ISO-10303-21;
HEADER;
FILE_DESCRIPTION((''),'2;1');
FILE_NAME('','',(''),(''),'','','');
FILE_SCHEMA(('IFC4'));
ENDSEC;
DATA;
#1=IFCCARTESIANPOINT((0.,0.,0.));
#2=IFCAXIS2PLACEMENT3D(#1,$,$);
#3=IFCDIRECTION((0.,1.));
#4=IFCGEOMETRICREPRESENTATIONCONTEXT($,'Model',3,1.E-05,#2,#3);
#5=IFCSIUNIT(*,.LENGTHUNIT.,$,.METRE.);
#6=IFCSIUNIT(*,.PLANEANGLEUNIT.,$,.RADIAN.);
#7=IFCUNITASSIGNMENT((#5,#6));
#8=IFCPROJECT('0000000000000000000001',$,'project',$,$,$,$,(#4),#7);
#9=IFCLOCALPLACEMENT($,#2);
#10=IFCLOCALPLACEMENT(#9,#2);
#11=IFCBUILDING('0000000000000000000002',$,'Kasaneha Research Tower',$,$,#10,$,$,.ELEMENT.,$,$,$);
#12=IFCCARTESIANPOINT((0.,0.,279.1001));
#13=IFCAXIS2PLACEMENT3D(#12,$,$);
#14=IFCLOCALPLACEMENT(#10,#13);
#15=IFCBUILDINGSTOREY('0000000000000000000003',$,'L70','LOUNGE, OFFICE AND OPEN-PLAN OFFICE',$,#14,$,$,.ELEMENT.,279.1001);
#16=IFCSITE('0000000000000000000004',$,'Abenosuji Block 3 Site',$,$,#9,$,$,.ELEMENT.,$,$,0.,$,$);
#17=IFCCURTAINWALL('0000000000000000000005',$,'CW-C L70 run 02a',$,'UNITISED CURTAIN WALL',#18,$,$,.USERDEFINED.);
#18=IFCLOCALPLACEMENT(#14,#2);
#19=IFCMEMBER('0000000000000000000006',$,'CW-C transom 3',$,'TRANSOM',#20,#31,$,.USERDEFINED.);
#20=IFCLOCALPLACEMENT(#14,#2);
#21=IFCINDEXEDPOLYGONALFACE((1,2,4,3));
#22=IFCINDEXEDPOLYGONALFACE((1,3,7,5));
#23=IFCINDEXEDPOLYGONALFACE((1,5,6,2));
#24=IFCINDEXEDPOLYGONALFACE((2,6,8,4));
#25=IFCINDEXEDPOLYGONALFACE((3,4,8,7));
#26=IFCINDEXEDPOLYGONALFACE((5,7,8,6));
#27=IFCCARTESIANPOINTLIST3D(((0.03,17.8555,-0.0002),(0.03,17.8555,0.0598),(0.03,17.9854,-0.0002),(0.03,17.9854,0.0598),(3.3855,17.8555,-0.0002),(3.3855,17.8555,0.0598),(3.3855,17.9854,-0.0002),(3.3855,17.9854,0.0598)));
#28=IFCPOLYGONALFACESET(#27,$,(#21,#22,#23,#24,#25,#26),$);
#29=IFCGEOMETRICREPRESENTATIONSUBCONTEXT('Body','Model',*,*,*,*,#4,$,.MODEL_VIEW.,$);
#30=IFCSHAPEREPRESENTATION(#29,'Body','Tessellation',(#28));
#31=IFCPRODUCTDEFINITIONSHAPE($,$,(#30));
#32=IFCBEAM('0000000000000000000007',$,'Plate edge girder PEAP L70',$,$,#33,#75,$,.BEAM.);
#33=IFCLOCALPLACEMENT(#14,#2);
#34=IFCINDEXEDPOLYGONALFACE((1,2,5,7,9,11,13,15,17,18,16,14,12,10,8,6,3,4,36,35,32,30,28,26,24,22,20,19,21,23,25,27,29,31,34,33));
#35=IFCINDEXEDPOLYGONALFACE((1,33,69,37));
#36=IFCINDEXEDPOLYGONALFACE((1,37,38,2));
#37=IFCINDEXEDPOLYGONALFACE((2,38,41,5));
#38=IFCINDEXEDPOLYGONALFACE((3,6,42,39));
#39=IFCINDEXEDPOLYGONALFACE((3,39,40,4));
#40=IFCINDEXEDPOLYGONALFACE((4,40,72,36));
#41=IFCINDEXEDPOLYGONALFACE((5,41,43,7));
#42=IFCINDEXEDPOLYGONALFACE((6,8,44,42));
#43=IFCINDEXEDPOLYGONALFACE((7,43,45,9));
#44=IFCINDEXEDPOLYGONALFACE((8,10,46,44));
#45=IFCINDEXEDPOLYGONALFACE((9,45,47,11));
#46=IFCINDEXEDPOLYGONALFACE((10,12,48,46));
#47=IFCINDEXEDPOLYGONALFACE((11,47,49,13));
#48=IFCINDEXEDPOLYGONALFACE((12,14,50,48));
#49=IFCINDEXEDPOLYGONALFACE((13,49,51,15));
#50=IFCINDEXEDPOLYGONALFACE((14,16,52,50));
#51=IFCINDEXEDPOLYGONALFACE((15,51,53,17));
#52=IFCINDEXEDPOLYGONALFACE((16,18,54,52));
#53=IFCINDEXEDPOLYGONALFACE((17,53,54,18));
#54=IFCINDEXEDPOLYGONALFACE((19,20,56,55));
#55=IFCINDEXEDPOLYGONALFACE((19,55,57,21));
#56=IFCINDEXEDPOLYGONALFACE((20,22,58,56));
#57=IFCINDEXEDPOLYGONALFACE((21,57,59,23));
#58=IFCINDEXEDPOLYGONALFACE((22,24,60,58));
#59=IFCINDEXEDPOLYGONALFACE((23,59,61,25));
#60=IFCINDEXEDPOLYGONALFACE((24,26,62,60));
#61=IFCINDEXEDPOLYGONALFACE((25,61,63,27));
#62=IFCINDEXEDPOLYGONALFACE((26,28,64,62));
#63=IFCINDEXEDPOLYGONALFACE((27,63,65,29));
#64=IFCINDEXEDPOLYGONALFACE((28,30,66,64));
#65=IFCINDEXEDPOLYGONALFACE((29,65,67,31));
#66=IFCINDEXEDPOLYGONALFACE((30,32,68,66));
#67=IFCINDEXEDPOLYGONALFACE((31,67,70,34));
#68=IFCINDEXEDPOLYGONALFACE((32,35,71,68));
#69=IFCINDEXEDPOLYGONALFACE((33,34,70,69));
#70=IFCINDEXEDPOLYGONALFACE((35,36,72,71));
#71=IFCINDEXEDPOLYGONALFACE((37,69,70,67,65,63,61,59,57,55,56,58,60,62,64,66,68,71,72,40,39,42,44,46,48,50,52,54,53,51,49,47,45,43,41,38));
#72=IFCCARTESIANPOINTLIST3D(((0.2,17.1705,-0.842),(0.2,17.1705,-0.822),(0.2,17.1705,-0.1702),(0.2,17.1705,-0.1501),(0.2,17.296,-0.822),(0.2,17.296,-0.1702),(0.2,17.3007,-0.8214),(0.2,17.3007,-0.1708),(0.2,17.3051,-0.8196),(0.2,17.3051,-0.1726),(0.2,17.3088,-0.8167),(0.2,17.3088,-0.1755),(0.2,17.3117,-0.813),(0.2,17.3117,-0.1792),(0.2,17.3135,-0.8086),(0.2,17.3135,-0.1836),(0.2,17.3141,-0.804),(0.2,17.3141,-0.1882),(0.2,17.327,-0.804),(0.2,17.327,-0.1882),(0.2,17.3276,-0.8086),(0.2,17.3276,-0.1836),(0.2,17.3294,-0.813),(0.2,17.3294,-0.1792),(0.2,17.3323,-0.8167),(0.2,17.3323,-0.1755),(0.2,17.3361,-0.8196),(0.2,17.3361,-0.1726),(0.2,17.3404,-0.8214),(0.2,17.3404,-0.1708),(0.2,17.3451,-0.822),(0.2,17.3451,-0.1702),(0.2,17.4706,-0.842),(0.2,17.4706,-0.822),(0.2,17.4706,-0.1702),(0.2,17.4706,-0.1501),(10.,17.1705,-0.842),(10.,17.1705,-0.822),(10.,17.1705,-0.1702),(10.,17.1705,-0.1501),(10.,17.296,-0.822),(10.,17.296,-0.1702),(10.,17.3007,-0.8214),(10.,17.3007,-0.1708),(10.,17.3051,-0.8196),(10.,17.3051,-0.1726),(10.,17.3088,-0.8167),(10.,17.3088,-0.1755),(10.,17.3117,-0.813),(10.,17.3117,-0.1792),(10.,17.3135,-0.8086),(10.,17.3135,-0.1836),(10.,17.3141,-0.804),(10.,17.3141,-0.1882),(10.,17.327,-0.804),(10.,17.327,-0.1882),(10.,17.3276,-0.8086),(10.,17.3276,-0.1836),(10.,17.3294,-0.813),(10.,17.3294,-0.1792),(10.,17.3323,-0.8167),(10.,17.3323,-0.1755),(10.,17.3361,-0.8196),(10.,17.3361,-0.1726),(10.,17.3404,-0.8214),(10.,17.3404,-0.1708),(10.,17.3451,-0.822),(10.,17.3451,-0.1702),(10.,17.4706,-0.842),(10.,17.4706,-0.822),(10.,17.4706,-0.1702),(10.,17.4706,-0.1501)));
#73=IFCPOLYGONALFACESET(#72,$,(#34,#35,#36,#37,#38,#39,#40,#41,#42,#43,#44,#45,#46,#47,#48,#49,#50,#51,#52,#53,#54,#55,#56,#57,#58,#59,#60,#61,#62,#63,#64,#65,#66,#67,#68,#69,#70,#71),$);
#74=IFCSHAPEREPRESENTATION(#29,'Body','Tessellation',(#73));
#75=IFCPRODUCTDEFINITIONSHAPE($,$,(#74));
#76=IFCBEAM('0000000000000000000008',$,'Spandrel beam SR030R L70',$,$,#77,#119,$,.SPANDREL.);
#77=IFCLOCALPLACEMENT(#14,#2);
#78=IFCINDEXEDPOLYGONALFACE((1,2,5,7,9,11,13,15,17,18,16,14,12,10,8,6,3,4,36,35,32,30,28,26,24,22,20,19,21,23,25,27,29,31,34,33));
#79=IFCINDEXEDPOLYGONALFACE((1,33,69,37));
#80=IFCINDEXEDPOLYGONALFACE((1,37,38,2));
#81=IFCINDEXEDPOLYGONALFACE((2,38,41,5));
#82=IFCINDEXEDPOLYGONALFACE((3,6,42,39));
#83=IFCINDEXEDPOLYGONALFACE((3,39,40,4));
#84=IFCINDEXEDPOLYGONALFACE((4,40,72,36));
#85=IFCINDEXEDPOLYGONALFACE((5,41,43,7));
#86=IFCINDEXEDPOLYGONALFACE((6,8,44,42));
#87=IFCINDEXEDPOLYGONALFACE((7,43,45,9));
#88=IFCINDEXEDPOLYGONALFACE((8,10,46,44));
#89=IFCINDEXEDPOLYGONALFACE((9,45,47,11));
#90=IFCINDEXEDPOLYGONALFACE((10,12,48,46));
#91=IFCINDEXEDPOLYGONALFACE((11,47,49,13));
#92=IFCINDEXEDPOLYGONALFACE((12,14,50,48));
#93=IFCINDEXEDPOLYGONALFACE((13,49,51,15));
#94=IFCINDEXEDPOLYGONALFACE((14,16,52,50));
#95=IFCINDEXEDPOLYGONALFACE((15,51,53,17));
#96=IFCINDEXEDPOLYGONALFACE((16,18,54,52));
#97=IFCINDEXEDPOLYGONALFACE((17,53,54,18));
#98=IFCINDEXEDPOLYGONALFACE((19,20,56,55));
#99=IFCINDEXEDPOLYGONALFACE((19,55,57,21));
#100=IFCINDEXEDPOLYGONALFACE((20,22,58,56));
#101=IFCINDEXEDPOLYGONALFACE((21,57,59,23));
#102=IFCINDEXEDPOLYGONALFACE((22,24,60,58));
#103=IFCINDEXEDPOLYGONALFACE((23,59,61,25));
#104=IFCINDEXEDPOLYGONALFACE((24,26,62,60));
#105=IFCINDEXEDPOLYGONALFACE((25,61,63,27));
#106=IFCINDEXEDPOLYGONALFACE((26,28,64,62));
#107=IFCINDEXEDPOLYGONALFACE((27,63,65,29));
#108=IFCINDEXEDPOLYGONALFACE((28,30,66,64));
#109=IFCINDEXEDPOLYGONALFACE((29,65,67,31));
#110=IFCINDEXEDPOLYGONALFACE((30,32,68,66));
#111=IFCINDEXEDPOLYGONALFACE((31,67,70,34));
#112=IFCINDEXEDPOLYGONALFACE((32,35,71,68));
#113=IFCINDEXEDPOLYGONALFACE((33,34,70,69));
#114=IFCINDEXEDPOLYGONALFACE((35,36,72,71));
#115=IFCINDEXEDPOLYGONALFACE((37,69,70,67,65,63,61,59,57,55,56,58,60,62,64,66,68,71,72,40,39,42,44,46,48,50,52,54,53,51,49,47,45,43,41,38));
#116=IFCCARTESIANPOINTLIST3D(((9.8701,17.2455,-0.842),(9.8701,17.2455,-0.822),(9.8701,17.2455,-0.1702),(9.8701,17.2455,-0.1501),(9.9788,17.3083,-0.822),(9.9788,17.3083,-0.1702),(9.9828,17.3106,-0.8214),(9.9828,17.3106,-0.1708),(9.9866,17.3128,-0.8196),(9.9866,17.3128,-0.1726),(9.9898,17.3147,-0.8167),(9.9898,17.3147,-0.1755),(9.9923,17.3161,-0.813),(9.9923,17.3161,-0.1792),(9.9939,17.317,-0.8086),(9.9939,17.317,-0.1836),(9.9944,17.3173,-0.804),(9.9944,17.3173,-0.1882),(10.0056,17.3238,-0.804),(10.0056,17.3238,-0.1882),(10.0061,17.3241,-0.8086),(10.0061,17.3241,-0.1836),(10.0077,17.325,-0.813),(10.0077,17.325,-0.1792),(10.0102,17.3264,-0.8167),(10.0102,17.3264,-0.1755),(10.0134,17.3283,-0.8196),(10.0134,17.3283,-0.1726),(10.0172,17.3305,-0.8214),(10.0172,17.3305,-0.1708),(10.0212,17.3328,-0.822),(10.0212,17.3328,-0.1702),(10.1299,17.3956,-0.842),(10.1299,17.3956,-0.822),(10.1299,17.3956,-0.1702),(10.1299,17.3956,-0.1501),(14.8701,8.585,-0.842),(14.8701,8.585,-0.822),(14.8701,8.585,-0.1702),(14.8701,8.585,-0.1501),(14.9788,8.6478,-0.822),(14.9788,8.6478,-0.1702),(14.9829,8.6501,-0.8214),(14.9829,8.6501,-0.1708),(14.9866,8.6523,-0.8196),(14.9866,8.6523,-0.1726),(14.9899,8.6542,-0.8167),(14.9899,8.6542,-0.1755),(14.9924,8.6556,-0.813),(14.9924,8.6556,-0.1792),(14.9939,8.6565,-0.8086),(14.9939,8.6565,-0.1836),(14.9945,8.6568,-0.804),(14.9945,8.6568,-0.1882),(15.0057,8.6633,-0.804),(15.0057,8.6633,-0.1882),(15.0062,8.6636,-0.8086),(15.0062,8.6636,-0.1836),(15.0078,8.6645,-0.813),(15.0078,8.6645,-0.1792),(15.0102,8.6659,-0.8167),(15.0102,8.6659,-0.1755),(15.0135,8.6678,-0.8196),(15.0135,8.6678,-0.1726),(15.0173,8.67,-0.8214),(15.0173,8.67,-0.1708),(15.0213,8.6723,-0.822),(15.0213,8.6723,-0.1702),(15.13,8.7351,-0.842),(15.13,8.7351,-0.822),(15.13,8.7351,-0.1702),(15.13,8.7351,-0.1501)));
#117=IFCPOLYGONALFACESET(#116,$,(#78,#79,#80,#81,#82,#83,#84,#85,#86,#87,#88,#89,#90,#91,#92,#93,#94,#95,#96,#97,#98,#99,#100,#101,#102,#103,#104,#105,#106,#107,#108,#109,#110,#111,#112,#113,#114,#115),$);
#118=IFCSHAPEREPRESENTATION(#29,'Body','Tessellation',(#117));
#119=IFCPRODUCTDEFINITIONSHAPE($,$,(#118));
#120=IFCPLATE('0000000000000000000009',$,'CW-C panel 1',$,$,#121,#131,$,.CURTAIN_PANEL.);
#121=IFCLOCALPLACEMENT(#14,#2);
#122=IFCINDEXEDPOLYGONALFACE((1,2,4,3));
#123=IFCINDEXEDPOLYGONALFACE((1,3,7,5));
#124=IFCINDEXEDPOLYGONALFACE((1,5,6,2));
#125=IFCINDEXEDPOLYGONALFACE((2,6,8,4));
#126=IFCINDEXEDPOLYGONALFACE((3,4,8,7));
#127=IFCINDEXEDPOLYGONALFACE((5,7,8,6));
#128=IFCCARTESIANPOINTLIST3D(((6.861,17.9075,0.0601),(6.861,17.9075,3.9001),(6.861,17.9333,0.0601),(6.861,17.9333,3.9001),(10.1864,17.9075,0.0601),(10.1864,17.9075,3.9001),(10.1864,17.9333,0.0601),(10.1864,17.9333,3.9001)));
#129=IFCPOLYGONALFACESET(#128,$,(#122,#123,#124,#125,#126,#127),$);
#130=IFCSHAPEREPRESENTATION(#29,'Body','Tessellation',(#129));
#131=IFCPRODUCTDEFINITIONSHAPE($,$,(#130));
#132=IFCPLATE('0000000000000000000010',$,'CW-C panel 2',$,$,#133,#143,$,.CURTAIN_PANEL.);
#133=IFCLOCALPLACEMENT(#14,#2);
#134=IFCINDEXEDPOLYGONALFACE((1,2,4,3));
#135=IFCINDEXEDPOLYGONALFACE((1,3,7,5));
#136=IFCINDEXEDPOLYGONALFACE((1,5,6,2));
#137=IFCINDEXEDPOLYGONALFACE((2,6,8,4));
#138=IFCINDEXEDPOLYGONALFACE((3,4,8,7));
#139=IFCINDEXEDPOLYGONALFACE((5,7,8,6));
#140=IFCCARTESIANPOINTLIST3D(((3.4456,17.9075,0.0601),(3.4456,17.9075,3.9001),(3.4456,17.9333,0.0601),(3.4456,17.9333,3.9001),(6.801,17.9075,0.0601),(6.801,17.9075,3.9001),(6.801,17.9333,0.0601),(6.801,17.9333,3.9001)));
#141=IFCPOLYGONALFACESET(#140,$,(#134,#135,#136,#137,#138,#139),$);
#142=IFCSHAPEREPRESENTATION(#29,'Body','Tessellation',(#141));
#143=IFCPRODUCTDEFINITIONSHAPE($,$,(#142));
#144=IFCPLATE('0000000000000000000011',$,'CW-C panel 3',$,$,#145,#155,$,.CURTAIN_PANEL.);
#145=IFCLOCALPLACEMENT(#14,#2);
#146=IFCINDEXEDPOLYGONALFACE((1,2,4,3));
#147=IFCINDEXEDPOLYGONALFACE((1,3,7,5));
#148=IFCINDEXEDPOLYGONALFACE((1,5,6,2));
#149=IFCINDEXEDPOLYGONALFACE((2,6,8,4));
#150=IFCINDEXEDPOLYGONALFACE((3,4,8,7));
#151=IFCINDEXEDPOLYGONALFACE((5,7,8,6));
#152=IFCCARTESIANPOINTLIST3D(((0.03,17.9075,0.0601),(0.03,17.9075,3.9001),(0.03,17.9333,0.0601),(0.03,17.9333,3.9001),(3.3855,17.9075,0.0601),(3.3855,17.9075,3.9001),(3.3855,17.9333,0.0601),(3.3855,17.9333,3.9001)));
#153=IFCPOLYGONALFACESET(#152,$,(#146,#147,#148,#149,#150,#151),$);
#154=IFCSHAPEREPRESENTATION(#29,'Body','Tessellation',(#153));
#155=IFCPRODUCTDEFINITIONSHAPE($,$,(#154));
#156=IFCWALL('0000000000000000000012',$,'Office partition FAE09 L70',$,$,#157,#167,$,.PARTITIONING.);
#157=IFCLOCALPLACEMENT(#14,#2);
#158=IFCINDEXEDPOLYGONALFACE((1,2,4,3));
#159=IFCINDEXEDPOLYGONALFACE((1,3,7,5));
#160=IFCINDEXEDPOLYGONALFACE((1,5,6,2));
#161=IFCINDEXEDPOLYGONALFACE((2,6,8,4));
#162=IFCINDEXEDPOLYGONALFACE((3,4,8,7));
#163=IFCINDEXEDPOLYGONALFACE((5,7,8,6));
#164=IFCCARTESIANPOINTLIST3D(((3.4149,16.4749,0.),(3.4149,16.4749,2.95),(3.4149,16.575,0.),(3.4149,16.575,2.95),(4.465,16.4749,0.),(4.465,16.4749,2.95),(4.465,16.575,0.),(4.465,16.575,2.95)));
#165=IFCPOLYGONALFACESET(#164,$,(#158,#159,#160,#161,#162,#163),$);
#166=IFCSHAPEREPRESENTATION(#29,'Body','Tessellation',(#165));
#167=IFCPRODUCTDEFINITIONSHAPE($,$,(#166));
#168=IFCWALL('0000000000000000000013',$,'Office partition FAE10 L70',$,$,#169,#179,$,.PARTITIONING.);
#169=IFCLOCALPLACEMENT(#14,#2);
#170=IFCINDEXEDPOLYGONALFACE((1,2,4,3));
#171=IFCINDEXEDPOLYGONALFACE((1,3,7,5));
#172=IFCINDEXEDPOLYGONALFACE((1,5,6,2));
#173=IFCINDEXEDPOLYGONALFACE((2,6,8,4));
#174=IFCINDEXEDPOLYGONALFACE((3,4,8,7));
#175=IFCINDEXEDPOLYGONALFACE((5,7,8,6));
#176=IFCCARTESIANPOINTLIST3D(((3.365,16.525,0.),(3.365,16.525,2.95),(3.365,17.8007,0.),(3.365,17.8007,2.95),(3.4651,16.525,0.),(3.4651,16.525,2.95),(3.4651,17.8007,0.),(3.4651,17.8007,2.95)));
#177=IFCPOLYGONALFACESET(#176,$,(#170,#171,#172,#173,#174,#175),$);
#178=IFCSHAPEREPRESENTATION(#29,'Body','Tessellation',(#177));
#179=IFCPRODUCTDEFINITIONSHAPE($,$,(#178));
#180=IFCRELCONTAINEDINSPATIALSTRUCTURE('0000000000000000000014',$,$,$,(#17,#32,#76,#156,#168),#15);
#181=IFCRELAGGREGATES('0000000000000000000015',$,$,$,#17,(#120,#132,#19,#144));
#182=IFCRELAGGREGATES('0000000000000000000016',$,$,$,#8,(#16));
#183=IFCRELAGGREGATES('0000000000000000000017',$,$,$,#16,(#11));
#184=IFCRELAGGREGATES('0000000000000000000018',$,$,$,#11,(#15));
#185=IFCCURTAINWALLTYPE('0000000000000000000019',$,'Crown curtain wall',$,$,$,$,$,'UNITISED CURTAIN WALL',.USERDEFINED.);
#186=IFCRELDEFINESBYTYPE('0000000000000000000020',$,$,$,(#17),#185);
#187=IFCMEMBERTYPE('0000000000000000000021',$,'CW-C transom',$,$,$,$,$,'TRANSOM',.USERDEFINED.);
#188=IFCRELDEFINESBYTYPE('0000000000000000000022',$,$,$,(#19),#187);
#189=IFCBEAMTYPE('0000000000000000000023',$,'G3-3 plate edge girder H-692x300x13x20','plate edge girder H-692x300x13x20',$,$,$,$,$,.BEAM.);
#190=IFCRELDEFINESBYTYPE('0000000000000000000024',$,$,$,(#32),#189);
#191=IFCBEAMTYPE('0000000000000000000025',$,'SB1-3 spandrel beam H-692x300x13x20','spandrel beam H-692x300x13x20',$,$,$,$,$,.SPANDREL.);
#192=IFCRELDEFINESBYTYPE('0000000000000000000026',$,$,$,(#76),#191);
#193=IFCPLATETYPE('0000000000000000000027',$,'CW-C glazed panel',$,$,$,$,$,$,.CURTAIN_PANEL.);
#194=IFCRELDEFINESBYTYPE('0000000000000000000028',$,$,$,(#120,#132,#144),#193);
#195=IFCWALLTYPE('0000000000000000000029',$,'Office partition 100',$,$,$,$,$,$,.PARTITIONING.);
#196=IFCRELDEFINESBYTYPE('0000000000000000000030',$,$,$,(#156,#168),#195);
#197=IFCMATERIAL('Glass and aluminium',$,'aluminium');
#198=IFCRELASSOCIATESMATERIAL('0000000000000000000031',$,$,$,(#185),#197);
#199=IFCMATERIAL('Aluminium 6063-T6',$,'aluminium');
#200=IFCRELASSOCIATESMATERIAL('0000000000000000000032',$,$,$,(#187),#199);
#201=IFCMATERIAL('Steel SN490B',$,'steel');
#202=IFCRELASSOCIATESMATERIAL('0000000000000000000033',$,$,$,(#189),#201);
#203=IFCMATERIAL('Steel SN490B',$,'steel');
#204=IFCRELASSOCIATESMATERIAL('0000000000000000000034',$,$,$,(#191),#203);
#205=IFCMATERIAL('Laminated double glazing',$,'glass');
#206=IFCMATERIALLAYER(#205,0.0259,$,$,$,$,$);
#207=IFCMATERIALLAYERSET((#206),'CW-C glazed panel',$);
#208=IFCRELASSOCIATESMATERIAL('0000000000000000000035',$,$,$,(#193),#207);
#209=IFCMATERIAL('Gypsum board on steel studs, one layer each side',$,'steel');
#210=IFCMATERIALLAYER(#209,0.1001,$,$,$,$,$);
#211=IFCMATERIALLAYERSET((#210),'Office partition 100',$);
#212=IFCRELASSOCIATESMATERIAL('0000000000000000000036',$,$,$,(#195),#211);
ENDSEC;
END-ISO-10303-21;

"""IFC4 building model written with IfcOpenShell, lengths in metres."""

from ifc_helpers import new_model, si_unit, direction, frame, frame_2d, origin, origin_2d, place, context, subcontext, project, spatial, rectangle, i_section, extrude, material, layer, layer_set, material_profile, profile_set, type_object, element, aggregate, save


model = new_model("IFC4")

# Units and contexts
model_context = context("Model", 3, precision=1e-05, world=origin(), true_north=direction((0.0, 1.0)))
body_context = subcontext(model_context, "Body", "Model", "MODEL_VIEW")
ifc_project = project(units=[si_unit("LENGTHUNIT", "METRE"), si_unit("PLANEANGLEUNIT", "RADIAN")], contexts=[model_context])

# Site, building, storey
site_placement = place(None, origin())
site = spatial("IfcSite", under=ifc_project, at=site_placement, Name="Abenosuji Block 3 Site", CompositionType="ELEMENT", RefElevation=0.0)
building_placement = place(site_placement, origin())
building = spatial("IfcBuilding", under=site, at=building_placement, Name="Kasaneha Research Tower", CompositionType="ELEMENT")
storey_placement = place(building_placement, frame((0.0, 0.0, 279.1001)))
storey = spatial("IfcBuildingStorey", under=building, at=storey_placement, Name="L70", Description="LOUNGE, OFFICE AND OPEN-PLAN OFFICE", CompositionType="ELEMENT", Elevation=279.1001)

# Curtain wall, member
ifc_material_1 = material(Name="Glass and aluminium", Category="aluminium")
curtain_wall_type = type_object("IfcCurtainWallType", Name="Crown curtain wall", ElementType="UNITISED CURTAIN WALL", PredefinedType="USERDEFINED", material=ifc_material_1)
curtain_wall_placement = place(storey_placement, origin())
curtain_wall = element("IfcCurtainWall", 1, at=curtain_wall_placement, inside=storey, type_object=curtain_wall_type, Name="CW-C L70 run 02a", ObjectType="UNITISED CURTAIN WALL", PredefinedType="USERDEFINED")
ifc_material_2 = material(Name="Aluminium 6063-T6", Category="aluminium")
ifc_material_profile_1 = material_profile(ifc_material_2, rectangle(XDim=0.1299, YDim=0.0601, at=origin_2d()), Name="CW-C transom 130x60")
ifc_profile_set_1 = profile_set([ifc_material_profile_1], Name="Aluminium 6063-T6")
member_type_1 = type_object("IfcMemberType", Name="CW-C transom", ElementType="TRANSOM", PredefinedType="USERDEFINED", material=ifc_profile_set_1)
member_1_placement = place(storey_placement, frame((3.3855, 17.9204, 0.0298), z_axis=(-1.0, 0.0, 0.0), x_axis=(0.0, -1.0, 0.0)))
member_1 = element("IfcMember", 2, at=member_1_placement, type_object=member_type_1, Name="CW-C transom 3", ObjectType="TRANSOM", PredefinedType="USERDEFINED", context=body_context, shape_type="SweptSolid", body=[
    extrude(rectangle(XDim=0.1299, YDim=0.0601, at=origin_2d()), origin(), (0.0, 0.0, 1.0), 3.3555),
])

# Beams
ifc_material_3 = material(Name="Steel SN490B", Category="steel")
ifc_material_profile_2 = material_profile(ifc_material_3, i_section(OverallWidth=0.3, OverallDepth=0.6919, WebThickness=0.0129, FlangeThickness=0.02, FilletRadius=0.0181, at=origin_2d()), Name="H-692x300x13x20")
ifc_profile_set_2 = profile_set([ifc_material_profile_2], Name="Steel SN490B")
beam_type_1 = type_object("IfcBeamType", Name="G3-3 plate edge girder H-692x300x13x20", Description="plate edge girder H-692x300x13x20", PredefinedType="BEAM", material=ifc_profile_set_2)
beam_1_placement = place(storey_placement, frame((10.0, 17.3206, -0.4961), z_axis=(-1.0, 0.0, 0.0), x_axis=(0.0, -1.0, 0.0)))
element("IfcBeam", 3, at=beam_1_placement, inside=storey, type_object=beam_type_1, Name="Plate edge girder PEAP L70", PredefinedType="BEAM", context=body_context, shape_type="SweptSolid", body=[
    extrude(i_section(OverallWidth=0.3, OverallDepth=0.6919, WebThickness=0.0129, FlangeThickness=0.02, FilletRadius=0.0181, at=origin_2d()), origin(), (0.0, 0.0, 1.0), 9.8),
])
ifc_material_4 = material(Name="Steel SN490B", Category="steel")
ifc_material_profile_3 = material_profile(ifc_material_4, i_section(OverallWidth=0.3, OverallDepth=0.6919, WebThickness=0.0129, FlangeThickness=0.02, FilletRadius=0.0181, at=origin_2d()), Name="H-692x300x13x20")
ifc_profile_set_3 = profile_set([ifc_material_profile_3], Name="Steel SN490B")
beam_type_2 = type_object("IfcBeamType", Name="SB1-3 spandrel beam H-692x300x13x20", Description="spandrel beam H-692x300x13x20", PredefinedType="SPANDREL", material=ifc_profile_set_3)
beam_2_placement = place(storey_placement, frame((10.0, 17.3206, -0.4961), z_axis=(0.499994, -0.866029, 0.0), x_axis=(0.866029, 0.499994, 0.0)))
element("IfcBeam", 4, at=beam_2_placement, inside=storey, type_object=beam_type_2, Name="Spandrel beam SR030R L70", PredefinedType="SPANDREL", context=body_context, shape_type="SweptSolid", body=[
    extrude(i_section(OverallWidth=0.3, OverallDepth=0.6919, WebThickness=0.0129, FlangeThickness=0.02, FilletRadius=0.0181, at=origin_2d()), origin(), (0.0, 0.0, 1.0), 10.0002),
])

# Plates
ifc_material_5 = material(Name="Laminated double glazing", Category="glass")
ifc_layer_1 = layer(ifc_material_5, 0.0259)
ifc_layer_set_1 = layer_set([ifc_layer_1], Name="CW-C glazed panel")
plate_type = type_object("IfcPlateType", Name="CW-C glazed panel", PredefinedType="CURTAIN_PANEL", material=ifc_layer_set_1)
plate_1_placement = place(storey_placement, frame((8.5237, 17.9204, 0.0601), z_axis=(0.0, 0.0, 1.0), x_axis=(-1.0, 0.0, 0.0)))
plate_1 = element("IfcPlate", 5, at=plate_1_placement, type_object=plate_type, Name="CW-C panel 1", PredefinedType="CURTAIN_PANEL", context=body_context, shape_type="SweptSolid", body=[
    extrude(rectangle(XDim=3.3254, YDim=0.0259, at=origin_2d()), origin(), (0.0, 0.0, 1.0), 3.8401),
])
plate_2_placement = place(storey_placement, frame((5.1233, 17.9204, 0.0601), z_axis=(0.0, 0.0, 1.0), x_axis=(-1.0, 0.0, 0.0)))
plate_2 = element("IfcPlate", 6, at=plate_2_placement, type_object=plate_type, Name="CW-C panel 2", PredefinedType="CURTAIN_PANEL", context=body_context, shape_type="SweptSolid", body=[
    extrude(rectangle(XDim=3.3555, YDim=0.0259, at=origin_2d()), origin(), (0.0, 0.0, 1.0), 3.8401),
])
plate_3_placement = place(storey_placement, frame((1.7078, 17.9204, 0.0601), z_axis=(0.0, 0.0, 1.0), x_axis=(-1.0, 0.0, 0.0)))
plate_3 = element("IfcPlate", 7, at=plate_3_placement, type_object=plate_type, Name="CW-C panel 3", PredefinedType="CURTAIN_PANEL", context=body_context, shape_type="SweptSolid", body=[
    extrude(rectangle(XDim=3.3555, YDim=0.0259, at=origin_2d()), origin(), (0.0, 0.0, 1.0), 3.8401),
])
aggregate(curtain_wall, [plate_1, plate_2, member_1, plate_3])

# Walls
ifc_material_6 = material(Name="Gypsum board on steel studs, one layer each side", Category="steel")
ifc_layer_2 = layer(ifc_material_6, 0.1001)
ifc_layer_set_2 = layer_set([ifc_layer_2], Name="Office partition 100")
wall_type_1 = type_object("IfcWallType", Name="Office partition 100", PredefinedType="PARTITIONING", material=ifc_layer_set_2)
wall_1_placement = place(storey_placement, frame((3.415, 16.5249, 0.0), z_axis=(0.0, 0.0, 1.0), x_axis=(1.0, 0.0, 0.0)))
element("IfcWall", 8, at=wall_1_placement, inside=storey, type_object=wall_type_1, Name="Office partition FAE09 L70", PredefinedType="PARTITIONING", context=body_context, shape_type="SweptSolid", body=[
    extrude(rectangle(XDim=1.05, YDim=0.1001, at=frame_2d((0.5249, 0.0))), origin(), (0.0, 0.0, 1.0), 2.95),
])
wall_2_placement = place(storey_placement, frame((3.415, 17.8005, 0.0), z_axis=(0.0, 0.0, 1.0), x_axis=(0.0, -1.0, 0.0)))
element("IfcWall", 9, at=wall_2_placement, inside=storey, type_object=wall_type_1, Name="Office partition FAE10 L70", PredefinedType="PARTITIONING", context=body_context, shape_type="SweptSolid", body=[
    extrude(rectangle(XDim=1.2756, YDim=0.1001, at=frame_2d((0.6377, 0.0))), origin(), (0.0, 0.0, 1.0), 2.95),
])

save(model, "model.ifc")
